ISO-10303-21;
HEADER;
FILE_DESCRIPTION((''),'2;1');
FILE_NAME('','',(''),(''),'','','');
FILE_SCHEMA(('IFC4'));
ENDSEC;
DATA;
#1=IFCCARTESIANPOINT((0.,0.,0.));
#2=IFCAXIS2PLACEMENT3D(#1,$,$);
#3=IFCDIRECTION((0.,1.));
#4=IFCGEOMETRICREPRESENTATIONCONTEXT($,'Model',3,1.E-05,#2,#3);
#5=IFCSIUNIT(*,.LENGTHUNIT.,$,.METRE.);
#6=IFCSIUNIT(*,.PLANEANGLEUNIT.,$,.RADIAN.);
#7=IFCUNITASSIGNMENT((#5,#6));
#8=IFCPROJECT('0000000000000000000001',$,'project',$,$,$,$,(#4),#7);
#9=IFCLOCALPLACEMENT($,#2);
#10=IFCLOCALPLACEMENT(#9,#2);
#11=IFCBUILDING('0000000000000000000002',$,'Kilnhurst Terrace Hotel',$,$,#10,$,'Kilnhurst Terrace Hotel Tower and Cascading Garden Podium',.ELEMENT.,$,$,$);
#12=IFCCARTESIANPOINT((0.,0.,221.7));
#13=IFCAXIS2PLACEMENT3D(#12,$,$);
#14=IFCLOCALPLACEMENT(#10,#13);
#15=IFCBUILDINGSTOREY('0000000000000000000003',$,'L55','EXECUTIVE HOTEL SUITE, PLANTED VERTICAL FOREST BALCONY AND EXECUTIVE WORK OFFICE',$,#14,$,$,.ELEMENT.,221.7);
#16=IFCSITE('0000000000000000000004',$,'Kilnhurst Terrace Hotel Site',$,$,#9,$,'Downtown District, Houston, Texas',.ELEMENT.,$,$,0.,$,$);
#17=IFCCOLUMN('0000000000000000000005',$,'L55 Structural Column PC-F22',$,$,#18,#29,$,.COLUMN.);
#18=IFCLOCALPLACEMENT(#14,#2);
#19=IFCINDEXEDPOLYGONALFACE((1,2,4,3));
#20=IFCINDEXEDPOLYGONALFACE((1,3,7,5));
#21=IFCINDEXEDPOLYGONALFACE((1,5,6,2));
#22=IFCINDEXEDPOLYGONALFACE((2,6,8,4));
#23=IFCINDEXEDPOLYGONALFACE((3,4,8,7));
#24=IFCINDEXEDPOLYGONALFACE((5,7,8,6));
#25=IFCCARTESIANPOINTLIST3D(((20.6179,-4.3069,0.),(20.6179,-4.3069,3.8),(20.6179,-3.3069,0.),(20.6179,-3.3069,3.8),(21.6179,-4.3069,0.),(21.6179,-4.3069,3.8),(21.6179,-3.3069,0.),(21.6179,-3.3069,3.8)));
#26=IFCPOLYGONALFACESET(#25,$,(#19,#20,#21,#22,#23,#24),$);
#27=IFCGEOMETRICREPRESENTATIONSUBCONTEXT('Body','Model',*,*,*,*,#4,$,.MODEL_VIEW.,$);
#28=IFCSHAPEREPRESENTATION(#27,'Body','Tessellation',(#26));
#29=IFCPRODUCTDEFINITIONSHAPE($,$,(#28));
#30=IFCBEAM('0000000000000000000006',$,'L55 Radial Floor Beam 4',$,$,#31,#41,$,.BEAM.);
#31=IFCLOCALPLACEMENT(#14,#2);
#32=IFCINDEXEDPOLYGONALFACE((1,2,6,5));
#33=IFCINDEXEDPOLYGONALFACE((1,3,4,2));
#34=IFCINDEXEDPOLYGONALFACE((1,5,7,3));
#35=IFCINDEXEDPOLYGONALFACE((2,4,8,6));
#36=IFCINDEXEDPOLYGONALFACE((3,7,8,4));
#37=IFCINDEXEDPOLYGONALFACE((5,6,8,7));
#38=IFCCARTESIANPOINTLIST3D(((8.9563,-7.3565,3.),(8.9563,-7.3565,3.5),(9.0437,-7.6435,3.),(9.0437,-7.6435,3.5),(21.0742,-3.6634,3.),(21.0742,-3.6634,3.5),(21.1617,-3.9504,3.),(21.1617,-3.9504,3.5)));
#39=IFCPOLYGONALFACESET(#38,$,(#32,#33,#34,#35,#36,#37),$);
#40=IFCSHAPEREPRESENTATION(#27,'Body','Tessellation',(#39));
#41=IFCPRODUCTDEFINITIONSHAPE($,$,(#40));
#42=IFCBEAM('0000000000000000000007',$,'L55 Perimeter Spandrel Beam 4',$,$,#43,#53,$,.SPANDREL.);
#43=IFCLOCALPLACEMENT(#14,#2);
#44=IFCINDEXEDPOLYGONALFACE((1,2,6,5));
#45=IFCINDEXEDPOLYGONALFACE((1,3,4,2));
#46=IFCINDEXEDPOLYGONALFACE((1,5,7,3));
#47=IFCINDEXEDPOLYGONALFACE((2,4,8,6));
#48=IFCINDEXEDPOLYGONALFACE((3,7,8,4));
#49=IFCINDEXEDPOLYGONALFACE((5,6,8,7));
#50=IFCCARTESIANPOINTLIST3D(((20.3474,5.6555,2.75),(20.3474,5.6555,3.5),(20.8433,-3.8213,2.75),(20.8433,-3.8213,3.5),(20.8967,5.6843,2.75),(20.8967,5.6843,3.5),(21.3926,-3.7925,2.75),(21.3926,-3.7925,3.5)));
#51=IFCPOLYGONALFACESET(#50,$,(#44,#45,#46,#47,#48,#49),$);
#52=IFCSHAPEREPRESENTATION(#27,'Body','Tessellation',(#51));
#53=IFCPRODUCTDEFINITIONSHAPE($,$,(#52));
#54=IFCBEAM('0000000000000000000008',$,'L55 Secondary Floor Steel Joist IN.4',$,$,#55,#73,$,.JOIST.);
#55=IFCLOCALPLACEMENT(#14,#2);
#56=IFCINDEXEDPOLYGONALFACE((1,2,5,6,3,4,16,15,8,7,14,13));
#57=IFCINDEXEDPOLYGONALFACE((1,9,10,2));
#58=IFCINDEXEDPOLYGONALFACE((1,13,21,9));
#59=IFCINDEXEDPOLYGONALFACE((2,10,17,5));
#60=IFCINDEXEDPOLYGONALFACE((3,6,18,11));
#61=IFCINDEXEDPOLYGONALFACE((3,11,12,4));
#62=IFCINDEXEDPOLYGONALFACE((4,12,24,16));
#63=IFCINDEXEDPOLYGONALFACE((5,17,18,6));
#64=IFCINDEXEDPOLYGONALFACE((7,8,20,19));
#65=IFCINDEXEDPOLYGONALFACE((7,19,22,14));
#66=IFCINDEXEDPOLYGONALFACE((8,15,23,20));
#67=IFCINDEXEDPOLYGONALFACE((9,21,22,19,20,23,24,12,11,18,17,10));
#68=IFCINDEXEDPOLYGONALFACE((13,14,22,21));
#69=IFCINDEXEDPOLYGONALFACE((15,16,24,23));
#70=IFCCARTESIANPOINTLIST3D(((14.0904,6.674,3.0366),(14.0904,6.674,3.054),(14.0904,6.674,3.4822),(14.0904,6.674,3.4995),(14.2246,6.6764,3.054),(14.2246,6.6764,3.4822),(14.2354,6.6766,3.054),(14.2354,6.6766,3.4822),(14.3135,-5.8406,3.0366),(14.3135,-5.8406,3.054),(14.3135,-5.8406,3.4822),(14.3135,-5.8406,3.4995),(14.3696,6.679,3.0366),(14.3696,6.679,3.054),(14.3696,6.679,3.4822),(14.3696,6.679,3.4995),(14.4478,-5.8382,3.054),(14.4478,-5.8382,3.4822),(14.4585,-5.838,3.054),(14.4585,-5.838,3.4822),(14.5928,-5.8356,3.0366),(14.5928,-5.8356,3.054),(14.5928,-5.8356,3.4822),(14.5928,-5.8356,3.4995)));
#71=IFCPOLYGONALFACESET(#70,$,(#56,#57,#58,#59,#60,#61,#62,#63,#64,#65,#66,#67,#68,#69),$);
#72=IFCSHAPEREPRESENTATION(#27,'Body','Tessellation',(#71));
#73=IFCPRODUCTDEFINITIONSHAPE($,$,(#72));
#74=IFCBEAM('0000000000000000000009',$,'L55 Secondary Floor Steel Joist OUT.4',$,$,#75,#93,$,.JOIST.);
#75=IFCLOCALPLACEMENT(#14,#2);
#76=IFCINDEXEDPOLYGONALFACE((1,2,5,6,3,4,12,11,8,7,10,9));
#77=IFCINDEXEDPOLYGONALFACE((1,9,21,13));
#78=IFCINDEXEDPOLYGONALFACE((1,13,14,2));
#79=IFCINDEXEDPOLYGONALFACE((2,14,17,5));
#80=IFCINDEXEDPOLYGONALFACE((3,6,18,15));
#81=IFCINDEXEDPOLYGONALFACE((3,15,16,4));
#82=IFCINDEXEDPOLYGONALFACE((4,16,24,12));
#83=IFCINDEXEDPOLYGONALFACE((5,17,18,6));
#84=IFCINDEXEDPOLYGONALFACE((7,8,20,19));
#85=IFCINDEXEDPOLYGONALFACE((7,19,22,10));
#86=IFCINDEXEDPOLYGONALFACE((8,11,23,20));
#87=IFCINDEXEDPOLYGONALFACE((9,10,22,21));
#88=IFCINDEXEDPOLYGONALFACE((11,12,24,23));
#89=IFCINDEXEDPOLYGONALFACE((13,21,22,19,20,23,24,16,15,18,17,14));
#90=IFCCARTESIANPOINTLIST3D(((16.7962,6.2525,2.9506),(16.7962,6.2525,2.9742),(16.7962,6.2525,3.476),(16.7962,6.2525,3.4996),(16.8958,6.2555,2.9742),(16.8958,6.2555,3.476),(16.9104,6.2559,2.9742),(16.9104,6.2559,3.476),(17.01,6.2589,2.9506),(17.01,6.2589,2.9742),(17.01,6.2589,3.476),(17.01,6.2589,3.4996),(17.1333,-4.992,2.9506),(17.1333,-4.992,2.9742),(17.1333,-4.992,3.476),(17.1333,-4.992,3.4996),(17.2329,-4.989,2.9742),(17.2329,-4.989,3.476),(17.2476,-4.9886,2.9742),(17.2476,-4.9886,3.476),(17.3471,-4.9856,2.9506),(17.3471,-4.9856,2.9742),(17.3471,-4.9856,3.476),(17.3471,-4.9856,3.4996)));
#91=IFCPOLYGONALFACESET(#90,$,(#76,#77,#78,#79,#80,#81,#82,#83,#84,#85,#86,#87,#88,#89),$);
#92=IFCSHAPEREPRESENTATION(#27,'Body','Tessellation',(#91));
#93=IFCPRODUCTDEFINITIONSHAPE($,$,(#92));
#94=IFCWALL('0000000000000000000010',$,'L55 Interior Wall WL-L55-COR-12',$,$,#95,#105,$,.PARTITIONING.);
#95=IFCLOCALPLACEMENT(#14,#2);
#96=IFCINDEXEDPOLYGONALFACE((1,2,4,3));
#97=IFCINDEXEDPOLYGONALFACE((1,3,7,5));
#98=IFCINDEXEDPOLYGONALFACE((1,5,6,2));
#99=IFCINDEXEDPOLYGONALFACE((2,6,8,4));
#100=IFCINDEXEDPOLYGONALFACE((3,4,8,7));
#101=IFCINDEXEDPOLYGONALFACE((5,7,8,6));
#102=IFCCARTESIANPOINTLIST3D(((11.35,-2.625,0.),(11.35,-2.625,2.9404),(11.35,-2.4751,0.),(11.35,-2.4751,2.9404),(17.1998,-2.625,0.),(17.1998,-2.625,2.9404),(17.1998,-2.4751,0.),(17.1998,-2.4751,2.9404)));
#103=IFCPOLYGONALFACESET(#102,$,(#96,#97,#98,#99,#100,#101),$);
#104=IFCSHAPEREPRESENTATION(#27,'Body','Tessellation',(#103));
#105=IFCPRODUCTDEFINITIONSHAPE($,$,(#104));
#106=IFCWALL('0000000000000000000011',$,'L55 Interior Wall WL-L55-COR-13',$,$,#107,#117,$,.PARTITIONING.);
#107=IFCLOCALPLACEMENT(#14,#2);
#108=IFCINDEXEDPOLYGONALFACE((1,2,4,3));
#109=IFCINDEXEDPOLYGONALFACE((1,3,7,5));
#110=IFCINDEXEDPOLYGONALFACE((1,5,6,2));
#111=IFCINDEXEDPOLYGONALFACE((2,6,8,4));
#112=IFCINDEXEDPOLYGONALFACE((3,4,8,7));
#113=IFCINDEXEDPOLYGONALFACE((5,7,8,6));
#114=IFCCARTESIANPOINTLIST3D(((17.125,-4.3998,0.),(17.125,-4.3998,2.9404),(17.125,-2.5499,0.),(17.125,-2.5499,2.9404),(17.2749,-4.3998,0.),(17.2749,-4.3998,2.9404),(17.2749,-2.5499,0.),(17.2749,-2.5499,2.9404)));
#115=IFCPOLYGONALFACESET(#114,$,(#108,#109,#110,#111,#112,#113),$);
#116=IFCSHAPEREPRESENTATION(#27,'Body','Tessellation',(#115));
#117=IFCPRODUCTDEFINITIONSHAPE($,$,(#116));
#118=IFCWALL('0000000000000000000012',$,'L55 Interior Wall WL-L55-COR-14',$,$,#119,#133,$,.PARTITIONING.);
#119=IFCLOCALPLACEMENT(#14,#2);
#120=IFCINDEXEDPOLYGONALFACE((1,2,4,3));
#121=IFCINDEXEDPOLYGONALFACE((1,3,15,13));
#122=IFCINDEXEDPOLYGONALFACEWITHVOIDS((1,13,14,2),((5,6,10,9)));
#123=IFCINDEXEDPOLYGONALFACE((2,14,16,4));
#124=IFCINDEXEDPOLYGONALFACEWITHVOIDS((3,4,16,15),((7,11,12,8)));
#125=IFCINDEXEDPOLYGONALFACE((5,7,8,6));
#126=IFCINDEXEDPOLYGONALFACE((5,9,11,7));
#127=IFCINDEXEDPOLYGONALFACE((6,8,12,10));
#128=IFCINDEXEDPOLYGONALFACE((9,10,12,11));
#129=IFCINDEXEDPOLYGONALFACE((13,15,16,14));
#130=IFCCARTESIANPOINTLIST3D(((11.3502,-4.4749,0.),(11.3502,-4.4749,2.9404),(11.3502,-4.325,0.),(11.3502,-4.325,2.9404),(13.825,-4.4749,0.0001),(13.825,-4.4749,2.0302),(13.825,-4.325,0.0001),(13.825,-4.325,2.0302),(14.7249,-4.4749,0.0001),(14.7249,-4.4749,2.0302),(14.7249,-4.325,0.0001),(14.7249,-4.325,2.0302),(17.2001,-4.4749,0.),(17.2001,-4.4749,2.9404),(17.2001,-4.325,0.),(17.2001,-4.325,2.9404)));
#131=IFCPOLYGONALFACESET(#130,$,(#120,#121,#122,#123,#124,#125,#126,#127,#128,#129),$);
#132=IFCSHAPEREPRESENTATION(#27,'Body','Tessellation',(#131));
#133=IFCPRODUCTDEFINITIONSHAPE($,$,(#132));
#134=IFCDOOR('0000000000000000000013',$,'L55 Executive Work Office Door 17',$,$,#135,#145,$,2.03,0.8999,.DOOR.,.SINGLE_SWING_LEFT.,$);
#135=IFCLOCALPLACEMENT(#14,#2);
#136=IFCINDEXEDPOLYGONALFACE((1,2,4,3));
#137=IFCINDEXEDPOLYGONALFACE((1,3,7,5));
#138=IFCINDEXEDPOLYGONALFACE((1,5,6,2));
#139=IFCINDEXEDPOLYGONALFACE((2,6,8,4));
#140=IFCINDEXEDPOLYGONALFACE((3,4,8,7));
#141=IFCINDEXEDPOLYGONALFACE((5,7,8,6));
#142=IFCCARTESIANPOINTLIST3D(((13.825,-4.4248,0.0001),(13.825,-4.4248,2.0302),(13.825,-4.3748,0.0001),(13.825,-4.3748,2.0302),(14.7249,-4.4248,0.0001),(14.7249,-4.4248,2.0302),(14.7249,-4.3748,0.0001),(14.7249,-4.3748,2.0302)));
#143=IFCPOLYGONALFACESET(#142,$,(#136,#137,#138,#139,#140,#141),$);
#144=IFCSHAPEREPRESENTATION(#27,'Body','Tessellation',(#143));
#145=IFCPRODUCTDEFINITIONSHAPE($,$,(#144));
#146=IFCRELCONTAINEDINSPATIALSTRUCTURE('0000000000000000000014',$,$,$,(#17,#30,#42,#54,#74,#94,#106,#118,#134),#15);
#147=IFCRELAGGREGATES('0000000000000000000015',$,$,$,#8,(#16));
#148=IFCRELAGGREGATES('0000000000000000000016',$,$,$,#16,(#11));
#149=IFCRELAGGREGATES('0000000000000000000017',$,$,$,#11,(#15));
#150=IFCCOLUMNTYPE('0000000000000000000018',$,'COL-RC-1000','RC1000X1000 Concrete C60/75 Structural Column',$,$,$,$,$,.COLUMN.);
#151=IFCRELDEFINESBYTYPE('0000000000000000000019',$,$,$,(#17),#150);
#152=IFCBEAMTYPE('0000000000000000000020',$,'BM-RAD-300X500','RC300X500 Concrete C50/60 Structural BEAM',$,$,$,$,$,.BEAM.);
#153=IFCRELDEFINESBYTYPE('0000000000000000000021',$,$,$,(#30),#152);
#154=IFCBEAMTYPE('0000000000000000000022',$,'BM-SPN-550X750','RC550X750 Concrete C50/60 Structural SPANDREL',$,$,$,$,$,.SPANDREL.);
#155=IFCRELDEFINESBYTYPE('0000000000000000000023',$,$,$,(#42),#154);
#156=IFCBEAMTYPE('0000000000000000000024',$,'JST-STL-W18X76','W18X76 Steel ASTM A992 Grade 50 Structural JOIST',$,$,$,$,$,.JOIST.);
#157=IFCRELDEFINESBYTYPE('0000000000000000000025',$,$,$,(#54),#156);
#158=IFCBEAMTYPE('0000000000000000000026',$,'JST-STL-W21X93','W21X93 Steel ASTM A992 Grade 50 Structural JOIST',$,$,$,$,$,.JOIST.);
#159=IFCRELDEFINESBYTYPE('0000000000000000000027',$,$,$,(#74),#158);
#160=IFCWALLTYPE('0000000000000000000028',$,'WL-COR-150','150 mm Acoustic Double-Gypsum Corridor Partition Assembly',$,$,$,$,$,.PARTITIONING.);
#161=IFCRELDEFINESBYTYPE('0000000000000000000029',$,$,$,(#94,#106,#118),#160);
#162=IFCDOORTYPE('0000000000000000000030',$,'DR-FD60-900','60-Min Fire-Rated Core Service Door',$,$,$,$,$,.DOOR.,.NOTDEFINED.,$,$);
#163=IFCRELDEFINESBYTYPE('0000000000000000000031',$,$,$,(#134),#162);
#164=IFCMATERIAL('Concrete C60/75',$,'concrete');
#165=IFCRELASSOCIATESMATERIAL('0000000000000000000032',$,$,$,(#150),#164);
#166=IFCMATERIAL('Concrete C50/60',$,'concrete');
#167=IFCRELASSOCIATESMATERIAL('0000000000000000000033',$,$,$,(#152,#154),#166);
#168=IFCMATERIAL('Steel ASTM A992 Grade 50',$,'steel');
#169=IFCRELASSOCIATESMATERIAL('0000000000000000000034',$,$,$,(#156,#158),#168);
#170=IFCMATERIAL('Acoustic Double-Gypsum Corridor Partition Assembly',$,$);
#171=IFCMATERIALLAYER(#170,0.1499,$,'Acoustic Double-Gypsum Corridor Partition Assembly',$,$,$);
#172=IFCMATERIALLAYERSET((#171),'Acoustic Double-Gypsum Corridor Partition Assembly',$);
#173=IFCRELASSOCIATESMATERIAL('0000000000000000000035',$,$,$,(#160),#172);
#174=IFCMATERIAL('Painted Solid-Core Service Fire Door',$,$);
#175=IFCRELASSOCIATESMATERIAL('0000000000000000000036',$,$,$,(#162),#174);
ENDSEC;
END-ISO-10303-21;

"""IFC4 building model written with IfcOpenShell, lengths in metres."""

from ifc_helpers import new_model, si_unit, direction, frame, frame_2d, origin, origin_2d, place, context, subcontext, project, spatial, rectangle, i_section, extrude, material, layer, layer_set, material_profile, profile_set, type_object, element, fill, save


model = new_model("IFC4")

# Units and contexts
model_context = context("Model", 3, precision=1e-05, world=origin(), true_north=direction((0.0, 1.0)))
body_context = subcontext(model_context, "Body", "Model", "MODEL_VIEW")
ifc_project = project(units=[si_unit("LENGTHUNIT", "METRE"), si_unit("PLANEANGLEUNIT", "RADIAN")], contexts=[model_context])

# Site, building, storey
site_placement = place(None, origin())
site = spatial("IfcSite", under=ifc_project, at=site_placement, Name="Kilnhurst Terrace Hotel Site", LongName="Downtown District, Houston, Texas", CompositionType="ELEMENT", RefElevation=0.0)
building_placement = place(site_placement, origin())
building = spatial("IfcBuilding", under=site, at=building_placement, Name="Kilnhurst Terrace Hotel", LongName="Kilnhurst Terrace Hotel Tower and Cascading Garden Podium", CompositionType="ELEMENT")
storey_placement = place(building_placement, frame((0.0, 0.0, 221.7)))
storey = spatial("IfcBuildingStorey", under=building, at=storey_placement, Name="L55", Description="EXECUTIVE HOTEL SUITE, PLANTED VERTICAL FOREST BALCONY AND EXECUTIVE WORK OFFICE", CompositionType="ELEMENT", Elevation=221.7)

# Column
ifc_material_1 = material(Name="Concrete C60/75", Category="concrete")
ifc_material_profile_1 = material_profile(ifc_material_1, rectangle(XDim=1.0, YDim=1.0, at=origin_2d()), Name="RC1000X1000")
ifc_profile_set_1 = profile_set([ifc_material_profile_1], Name="Concrete C60/75")
column_type = type_object("IfcColumnType", Name="COL-RC-1000", Description="RC1000X1000 Concrete C60/75 Structural Column", PredefinedType="COLUMN", material=ifc_profile_set_1)
column_placement = place(storey_placement, frame((21.1179, -3.8069, 0.0), z_axis=(0.0, 0.0, 1.0), x_axis=(1.0, 0.0, 0.0)))
element("IfcColumn", 1, at=column_placement, inside=storey, type_object=column_type, Name="L55 Structural Column PC-F22", PredefinedType="COLUMN", context=body_context, shape_type="SweptSolid", body=[
    extrude(rectangle(XDim=1.0, YDim=1.0, at=origin_2d()), origin(), (0.0, 0.0, 1.0), 3.8),
])

# Beams
ifc_material_2 = material(Name="Concrete C50/60", Category="concrete")
ifc_material_profile_2 = material_profile(ifc_material_2, rectangle(XDim=0.3, YDim=0.5, at=origin_2d()), Name="RC300X500")
ifc_profile_set_2 = profile_set([ifc_material_profile_2], Name="Concrete C50/60")
beam_type_1 = type_object("IfcBeamType", Name="BM-RAD-300X500", Description="RC300X500 Concrete C50/60 Structural BEAM", PredefinedType="BEAM", material=ifc_profile_set_2)
beam_1_placement = place(storey_placement, frame((9.0, -7.5, 3.25), z_axis=(0.956563, 0.291527, 0.0), x_axis=(-0.291527, 0.956563, 0.0)))
element("IfcBeam", 2, at=beam_1_placement, inside=storey, type_object=beam_type_1, Name="L55 Radial Floor Beam 4", PredefinedType="BEAM", context=body_context, shape_type="SweptSolid", body=[
    extrude(rectangle(XDim=0.3, YDim=0.5, at=origin_2d()), origin(), (0.0, 0.0, 1.0), 12.6682),
])
ifc_material_profile_3 = material_profile(ifc_material_2, rectangle(XDim=0.55, YDim=0.75, at=origin_2d()), Name="RC550X750")
ifc_profile_set_3 = profile_set([ifc_material_profile_3], Name="Concrete C50/60")
beam_type_2 = type_object("IfcBeamType", Name="BM-SPN-550X750", Description="RC550X750 Concrete C50/60 Structural SPANDREL", PredefinedType="SPANDREL", material=ifc_profile_set_3)
beam_2_placement = place(storey_placement, frame((21.1179, -3.8069, 3.125), z_axis=(-0.052251, 0.998634, 0.0), x_axis=(-0.998634, -0.052251, 0.0)))
element("IfcBeam", 3, at=beam_2_placement, inside=storey, type_object=beam_type_2, Name="L55 Perimeter Spandrel Beam 4", PredefinedType="SPANDREL", context=body_context, shape_type="SweptSolid", body=[
    extrude(rectangle(XDim=0.55, YDim=0.75, at=origin_2d()), origin(), (0.0, 0.0, 1.0), 9.4897),
])
ifc_material_3 = material(Name="Steel ASTM A992 Grade 50", Category="steel")
ifc_material_profile_4 = material_profile(ifc_material_3, i_section(OverallWidth=0.2793, OverallDepth=0.4629, WebThickness=0.0107, FlangeThickness=0.0173, at=origin_2d()), Name="W18X76")
ifc_profile_set_4 = profile_set([ifc_material_profile_4], Name="Steel ASTM A992 Grade 50")
beam_type_3 = type_object("IfcBeamType", Name="JST-STL-W18X76", Description="W18X76 Steel ASTM A992 Grade 50 Structural JOIST", PredefinedType="JOIST", material=ifc_profile_set_4)
beam_3_placement = place(storey_placement, frame((14.4531, -5.8381, 3.2681), z_axis=(-0.017828, 0.999841, 0.0), x_axis=(-0.999841, -0.017828, 0.0)))
element("IfcBeam", 4, at=beam_3_placement, inside=storey, type_object=beam_type_3, Name="L55 Secondary Floor Steel Joist IN.4", PredefinedType="JOIST", context=body_context, shape_type="SweptSolid", body=[
    extrude(i_section(OverallWidth=0.2793, OverallDepth=0.4629, WebThickness=0.0107, FlangeThickness=0.0173, at=origin_2d()), origin(), (0.0, 0.0, 1.0), 12.5166),
])
ifc_material_profile_5 = material_profile(ifc_material_3, i_section(OverallWidth=0.2139, OverallDepth=0.5491, WebThickness=0.0146, FlangeThickness=0.0237, at=origin_2d()), Name="W21X93")
ifc_profile_set_5 = profile_set([ifc_material_profile_5], Name="Steel ASTM A992 Grade 50")
beam_type_4 = type_object("IfcBeamType", Name="JST-STL-W21X93", Description="W21X93 Steel ASTM A992 Grade 50 Structural JOIST", PredefinedType="JOIST", material=ifc_profile_set_5)
beam_4_placement = place(storey_placement, frame((17.2402, -4.9888, 3.2251), z_axis=(-0.029971, 0.999551, 0.0), x_axis=(-0.999551, -0.029971, 0.0)))
element("IfcBeam", 5, at=beam_4_placement, inside=storey, type_object=beam_type_4, Name="L55 Secondary Floor Steel Joist OUT.4", PredefinedType="JOIST", context=body_context, shape_type="SweptSolid", body=[
    extrude(i_section(OverallWidth=0.2139, OverallDepth=0.5491, WebThickness=0.0146, FlangeThickness=0.0237, at=origin_2d()), origin(), (0.0, 0.0, 1.0), 11.2495),
])

# Walls
ifc_material_4 = material(Name="Acoustic Double-Gypsum Corridor Partition Assembly")
ifc_layer_1 = layer(ifc_material_4, 0.1499, Name="Acoustic Double-Gypsum Corridor Partition Assembly")
ifc_layer_set_1 = layer_set([ifc_layer_1], Name="Acoustic Double-Gypsum Corridor Partition Assembly")
wall_type_1 = type_object("IfcWallType", Name="WL-COR-150", Description="150 mm Acoustic Double-Gypsum Corridor Partition Assembly", PredefinedType="PARTITIONING", material=ifc_layer_set_1)
wall_1_placement = place(storey_placement, frame((11.3501, -2.55, 0.0), z_axis=(0.0, 0.0, 1.0), x_axis=(1.0, 0.0, 0.0)))
element("IfcWall", 6, at=wall_1_placement, inside=storey, type_object=wall_type_1, Name="L55 Interior Wall WL-L55-COR-12", PredefinedType="PARTITIONING", context=body_context, shape_type="SweptSolid", body=[
    extrude(rectangle(XDim=5.8499, YDim=0.1499, at=frame_2d((2.9248, 0.0))), origin(), (0.0, 0.0, 1.0), 2.9404),
])
wall_2_placement = place(storey_placement, frame((17.2, -2.55, 0.0), z_axis=(0.0, 0.0, 1.0), x_axis=(0.0, -1.0, 0.0)))
element("IfcWall", 7, at=wall_2_placement, inside=storey, type_object=wall_type_1, Name="L55 Interior Wall WL-L55-COR-13", PredefinedType="PARTITIONING", context=body_context, shape_type="SweptSolid", body=[
    extrude(rectangle(XDim=1.8499, YDim=0.1499, at=frame_2d((0.9248, 0.0))), origin(), (0.0, 0.0, 1.0), 2.9404),
])

# Wall, opening, door
wall_3_placement = place(storey_placement, frame((17.2, -4.3999, 0.0), z_axis=(0.0, 0.0, 1.0), x_axis=(-1.0, 0.0, 0.0)))
wall_3 = element("IfcWall", 8, at=wall_3_placement, inside=storey, type_object=wall_type_1, Name="L55 Interior Wall WL-L55-COR-14", PredefinedType="PARTITIONING", context=body_context, shape_type="SweptSolid", body=[
    extrude(rectangle(XDim=5.8499, YDim=0.1499, at=frame_2d((2.9248, 0.0))), origin(), (0.0, 0.0, 1.0), 2.9404),
])
opening_1_placement = place(wall_3_placement, frame((2.4751, 0.0, 0.0)))
opening_1 = element("IfcOpeningElement", 9, at=opening_1_placement, cuts=wall_3, PredefinedType="OPENING", context=body_context, shape_type="SweptSolid", body=[
    extrude(rectangle(XDim=0.8999, YDim=2.03, at=frame_2d((0.45, 1.0151))), frame((0.0, 0.085, 0.0), z_axis=(0.0, -1.0, 0.0), x_axis=(1.0, 0.0, 0.0)), (0.0, 0.0, 1.0), 0.1699),
])
ifc_material_5 = material(Name="Painted Solid-Core Service Fire Door")
door_type_1 = type_object("IfcDoorType", Name="DR-FD60-900", Description="60-Min Fire-Rated Core Service Door", OperationType="NOTDEFINED", PredefinedType="DOOR", material=ifc_material_5)
door_1_placement = place(opening_1_placement, origin())
door_1 = element("IfcDoor", 10, at=door_1_placement, inside=storey, type_object=door_type_1, Name="L55 Executive Work Office Door 17", OperationType="SINGLE_SWING_LEFT", OverallHeight=2.03, OverallWidth=0.8999, PredefinedType="DOOR", context=body_context, shape_type="SweptSolid", body=[
    extrude(rectangle(XDim=0.8999, YDim=2.03, at=frame_2d((0.45, 1.0151))), frame((0.0, 0.0249, 0.0), z_axis=(0.0, -1.0, 0.0), x_axis=(1.0, 0.0, 0.0)), (0.0, 0.0, 1.0), 0.05),
])
fill(opening_1, door_1)

save(model, "model.ifc")
